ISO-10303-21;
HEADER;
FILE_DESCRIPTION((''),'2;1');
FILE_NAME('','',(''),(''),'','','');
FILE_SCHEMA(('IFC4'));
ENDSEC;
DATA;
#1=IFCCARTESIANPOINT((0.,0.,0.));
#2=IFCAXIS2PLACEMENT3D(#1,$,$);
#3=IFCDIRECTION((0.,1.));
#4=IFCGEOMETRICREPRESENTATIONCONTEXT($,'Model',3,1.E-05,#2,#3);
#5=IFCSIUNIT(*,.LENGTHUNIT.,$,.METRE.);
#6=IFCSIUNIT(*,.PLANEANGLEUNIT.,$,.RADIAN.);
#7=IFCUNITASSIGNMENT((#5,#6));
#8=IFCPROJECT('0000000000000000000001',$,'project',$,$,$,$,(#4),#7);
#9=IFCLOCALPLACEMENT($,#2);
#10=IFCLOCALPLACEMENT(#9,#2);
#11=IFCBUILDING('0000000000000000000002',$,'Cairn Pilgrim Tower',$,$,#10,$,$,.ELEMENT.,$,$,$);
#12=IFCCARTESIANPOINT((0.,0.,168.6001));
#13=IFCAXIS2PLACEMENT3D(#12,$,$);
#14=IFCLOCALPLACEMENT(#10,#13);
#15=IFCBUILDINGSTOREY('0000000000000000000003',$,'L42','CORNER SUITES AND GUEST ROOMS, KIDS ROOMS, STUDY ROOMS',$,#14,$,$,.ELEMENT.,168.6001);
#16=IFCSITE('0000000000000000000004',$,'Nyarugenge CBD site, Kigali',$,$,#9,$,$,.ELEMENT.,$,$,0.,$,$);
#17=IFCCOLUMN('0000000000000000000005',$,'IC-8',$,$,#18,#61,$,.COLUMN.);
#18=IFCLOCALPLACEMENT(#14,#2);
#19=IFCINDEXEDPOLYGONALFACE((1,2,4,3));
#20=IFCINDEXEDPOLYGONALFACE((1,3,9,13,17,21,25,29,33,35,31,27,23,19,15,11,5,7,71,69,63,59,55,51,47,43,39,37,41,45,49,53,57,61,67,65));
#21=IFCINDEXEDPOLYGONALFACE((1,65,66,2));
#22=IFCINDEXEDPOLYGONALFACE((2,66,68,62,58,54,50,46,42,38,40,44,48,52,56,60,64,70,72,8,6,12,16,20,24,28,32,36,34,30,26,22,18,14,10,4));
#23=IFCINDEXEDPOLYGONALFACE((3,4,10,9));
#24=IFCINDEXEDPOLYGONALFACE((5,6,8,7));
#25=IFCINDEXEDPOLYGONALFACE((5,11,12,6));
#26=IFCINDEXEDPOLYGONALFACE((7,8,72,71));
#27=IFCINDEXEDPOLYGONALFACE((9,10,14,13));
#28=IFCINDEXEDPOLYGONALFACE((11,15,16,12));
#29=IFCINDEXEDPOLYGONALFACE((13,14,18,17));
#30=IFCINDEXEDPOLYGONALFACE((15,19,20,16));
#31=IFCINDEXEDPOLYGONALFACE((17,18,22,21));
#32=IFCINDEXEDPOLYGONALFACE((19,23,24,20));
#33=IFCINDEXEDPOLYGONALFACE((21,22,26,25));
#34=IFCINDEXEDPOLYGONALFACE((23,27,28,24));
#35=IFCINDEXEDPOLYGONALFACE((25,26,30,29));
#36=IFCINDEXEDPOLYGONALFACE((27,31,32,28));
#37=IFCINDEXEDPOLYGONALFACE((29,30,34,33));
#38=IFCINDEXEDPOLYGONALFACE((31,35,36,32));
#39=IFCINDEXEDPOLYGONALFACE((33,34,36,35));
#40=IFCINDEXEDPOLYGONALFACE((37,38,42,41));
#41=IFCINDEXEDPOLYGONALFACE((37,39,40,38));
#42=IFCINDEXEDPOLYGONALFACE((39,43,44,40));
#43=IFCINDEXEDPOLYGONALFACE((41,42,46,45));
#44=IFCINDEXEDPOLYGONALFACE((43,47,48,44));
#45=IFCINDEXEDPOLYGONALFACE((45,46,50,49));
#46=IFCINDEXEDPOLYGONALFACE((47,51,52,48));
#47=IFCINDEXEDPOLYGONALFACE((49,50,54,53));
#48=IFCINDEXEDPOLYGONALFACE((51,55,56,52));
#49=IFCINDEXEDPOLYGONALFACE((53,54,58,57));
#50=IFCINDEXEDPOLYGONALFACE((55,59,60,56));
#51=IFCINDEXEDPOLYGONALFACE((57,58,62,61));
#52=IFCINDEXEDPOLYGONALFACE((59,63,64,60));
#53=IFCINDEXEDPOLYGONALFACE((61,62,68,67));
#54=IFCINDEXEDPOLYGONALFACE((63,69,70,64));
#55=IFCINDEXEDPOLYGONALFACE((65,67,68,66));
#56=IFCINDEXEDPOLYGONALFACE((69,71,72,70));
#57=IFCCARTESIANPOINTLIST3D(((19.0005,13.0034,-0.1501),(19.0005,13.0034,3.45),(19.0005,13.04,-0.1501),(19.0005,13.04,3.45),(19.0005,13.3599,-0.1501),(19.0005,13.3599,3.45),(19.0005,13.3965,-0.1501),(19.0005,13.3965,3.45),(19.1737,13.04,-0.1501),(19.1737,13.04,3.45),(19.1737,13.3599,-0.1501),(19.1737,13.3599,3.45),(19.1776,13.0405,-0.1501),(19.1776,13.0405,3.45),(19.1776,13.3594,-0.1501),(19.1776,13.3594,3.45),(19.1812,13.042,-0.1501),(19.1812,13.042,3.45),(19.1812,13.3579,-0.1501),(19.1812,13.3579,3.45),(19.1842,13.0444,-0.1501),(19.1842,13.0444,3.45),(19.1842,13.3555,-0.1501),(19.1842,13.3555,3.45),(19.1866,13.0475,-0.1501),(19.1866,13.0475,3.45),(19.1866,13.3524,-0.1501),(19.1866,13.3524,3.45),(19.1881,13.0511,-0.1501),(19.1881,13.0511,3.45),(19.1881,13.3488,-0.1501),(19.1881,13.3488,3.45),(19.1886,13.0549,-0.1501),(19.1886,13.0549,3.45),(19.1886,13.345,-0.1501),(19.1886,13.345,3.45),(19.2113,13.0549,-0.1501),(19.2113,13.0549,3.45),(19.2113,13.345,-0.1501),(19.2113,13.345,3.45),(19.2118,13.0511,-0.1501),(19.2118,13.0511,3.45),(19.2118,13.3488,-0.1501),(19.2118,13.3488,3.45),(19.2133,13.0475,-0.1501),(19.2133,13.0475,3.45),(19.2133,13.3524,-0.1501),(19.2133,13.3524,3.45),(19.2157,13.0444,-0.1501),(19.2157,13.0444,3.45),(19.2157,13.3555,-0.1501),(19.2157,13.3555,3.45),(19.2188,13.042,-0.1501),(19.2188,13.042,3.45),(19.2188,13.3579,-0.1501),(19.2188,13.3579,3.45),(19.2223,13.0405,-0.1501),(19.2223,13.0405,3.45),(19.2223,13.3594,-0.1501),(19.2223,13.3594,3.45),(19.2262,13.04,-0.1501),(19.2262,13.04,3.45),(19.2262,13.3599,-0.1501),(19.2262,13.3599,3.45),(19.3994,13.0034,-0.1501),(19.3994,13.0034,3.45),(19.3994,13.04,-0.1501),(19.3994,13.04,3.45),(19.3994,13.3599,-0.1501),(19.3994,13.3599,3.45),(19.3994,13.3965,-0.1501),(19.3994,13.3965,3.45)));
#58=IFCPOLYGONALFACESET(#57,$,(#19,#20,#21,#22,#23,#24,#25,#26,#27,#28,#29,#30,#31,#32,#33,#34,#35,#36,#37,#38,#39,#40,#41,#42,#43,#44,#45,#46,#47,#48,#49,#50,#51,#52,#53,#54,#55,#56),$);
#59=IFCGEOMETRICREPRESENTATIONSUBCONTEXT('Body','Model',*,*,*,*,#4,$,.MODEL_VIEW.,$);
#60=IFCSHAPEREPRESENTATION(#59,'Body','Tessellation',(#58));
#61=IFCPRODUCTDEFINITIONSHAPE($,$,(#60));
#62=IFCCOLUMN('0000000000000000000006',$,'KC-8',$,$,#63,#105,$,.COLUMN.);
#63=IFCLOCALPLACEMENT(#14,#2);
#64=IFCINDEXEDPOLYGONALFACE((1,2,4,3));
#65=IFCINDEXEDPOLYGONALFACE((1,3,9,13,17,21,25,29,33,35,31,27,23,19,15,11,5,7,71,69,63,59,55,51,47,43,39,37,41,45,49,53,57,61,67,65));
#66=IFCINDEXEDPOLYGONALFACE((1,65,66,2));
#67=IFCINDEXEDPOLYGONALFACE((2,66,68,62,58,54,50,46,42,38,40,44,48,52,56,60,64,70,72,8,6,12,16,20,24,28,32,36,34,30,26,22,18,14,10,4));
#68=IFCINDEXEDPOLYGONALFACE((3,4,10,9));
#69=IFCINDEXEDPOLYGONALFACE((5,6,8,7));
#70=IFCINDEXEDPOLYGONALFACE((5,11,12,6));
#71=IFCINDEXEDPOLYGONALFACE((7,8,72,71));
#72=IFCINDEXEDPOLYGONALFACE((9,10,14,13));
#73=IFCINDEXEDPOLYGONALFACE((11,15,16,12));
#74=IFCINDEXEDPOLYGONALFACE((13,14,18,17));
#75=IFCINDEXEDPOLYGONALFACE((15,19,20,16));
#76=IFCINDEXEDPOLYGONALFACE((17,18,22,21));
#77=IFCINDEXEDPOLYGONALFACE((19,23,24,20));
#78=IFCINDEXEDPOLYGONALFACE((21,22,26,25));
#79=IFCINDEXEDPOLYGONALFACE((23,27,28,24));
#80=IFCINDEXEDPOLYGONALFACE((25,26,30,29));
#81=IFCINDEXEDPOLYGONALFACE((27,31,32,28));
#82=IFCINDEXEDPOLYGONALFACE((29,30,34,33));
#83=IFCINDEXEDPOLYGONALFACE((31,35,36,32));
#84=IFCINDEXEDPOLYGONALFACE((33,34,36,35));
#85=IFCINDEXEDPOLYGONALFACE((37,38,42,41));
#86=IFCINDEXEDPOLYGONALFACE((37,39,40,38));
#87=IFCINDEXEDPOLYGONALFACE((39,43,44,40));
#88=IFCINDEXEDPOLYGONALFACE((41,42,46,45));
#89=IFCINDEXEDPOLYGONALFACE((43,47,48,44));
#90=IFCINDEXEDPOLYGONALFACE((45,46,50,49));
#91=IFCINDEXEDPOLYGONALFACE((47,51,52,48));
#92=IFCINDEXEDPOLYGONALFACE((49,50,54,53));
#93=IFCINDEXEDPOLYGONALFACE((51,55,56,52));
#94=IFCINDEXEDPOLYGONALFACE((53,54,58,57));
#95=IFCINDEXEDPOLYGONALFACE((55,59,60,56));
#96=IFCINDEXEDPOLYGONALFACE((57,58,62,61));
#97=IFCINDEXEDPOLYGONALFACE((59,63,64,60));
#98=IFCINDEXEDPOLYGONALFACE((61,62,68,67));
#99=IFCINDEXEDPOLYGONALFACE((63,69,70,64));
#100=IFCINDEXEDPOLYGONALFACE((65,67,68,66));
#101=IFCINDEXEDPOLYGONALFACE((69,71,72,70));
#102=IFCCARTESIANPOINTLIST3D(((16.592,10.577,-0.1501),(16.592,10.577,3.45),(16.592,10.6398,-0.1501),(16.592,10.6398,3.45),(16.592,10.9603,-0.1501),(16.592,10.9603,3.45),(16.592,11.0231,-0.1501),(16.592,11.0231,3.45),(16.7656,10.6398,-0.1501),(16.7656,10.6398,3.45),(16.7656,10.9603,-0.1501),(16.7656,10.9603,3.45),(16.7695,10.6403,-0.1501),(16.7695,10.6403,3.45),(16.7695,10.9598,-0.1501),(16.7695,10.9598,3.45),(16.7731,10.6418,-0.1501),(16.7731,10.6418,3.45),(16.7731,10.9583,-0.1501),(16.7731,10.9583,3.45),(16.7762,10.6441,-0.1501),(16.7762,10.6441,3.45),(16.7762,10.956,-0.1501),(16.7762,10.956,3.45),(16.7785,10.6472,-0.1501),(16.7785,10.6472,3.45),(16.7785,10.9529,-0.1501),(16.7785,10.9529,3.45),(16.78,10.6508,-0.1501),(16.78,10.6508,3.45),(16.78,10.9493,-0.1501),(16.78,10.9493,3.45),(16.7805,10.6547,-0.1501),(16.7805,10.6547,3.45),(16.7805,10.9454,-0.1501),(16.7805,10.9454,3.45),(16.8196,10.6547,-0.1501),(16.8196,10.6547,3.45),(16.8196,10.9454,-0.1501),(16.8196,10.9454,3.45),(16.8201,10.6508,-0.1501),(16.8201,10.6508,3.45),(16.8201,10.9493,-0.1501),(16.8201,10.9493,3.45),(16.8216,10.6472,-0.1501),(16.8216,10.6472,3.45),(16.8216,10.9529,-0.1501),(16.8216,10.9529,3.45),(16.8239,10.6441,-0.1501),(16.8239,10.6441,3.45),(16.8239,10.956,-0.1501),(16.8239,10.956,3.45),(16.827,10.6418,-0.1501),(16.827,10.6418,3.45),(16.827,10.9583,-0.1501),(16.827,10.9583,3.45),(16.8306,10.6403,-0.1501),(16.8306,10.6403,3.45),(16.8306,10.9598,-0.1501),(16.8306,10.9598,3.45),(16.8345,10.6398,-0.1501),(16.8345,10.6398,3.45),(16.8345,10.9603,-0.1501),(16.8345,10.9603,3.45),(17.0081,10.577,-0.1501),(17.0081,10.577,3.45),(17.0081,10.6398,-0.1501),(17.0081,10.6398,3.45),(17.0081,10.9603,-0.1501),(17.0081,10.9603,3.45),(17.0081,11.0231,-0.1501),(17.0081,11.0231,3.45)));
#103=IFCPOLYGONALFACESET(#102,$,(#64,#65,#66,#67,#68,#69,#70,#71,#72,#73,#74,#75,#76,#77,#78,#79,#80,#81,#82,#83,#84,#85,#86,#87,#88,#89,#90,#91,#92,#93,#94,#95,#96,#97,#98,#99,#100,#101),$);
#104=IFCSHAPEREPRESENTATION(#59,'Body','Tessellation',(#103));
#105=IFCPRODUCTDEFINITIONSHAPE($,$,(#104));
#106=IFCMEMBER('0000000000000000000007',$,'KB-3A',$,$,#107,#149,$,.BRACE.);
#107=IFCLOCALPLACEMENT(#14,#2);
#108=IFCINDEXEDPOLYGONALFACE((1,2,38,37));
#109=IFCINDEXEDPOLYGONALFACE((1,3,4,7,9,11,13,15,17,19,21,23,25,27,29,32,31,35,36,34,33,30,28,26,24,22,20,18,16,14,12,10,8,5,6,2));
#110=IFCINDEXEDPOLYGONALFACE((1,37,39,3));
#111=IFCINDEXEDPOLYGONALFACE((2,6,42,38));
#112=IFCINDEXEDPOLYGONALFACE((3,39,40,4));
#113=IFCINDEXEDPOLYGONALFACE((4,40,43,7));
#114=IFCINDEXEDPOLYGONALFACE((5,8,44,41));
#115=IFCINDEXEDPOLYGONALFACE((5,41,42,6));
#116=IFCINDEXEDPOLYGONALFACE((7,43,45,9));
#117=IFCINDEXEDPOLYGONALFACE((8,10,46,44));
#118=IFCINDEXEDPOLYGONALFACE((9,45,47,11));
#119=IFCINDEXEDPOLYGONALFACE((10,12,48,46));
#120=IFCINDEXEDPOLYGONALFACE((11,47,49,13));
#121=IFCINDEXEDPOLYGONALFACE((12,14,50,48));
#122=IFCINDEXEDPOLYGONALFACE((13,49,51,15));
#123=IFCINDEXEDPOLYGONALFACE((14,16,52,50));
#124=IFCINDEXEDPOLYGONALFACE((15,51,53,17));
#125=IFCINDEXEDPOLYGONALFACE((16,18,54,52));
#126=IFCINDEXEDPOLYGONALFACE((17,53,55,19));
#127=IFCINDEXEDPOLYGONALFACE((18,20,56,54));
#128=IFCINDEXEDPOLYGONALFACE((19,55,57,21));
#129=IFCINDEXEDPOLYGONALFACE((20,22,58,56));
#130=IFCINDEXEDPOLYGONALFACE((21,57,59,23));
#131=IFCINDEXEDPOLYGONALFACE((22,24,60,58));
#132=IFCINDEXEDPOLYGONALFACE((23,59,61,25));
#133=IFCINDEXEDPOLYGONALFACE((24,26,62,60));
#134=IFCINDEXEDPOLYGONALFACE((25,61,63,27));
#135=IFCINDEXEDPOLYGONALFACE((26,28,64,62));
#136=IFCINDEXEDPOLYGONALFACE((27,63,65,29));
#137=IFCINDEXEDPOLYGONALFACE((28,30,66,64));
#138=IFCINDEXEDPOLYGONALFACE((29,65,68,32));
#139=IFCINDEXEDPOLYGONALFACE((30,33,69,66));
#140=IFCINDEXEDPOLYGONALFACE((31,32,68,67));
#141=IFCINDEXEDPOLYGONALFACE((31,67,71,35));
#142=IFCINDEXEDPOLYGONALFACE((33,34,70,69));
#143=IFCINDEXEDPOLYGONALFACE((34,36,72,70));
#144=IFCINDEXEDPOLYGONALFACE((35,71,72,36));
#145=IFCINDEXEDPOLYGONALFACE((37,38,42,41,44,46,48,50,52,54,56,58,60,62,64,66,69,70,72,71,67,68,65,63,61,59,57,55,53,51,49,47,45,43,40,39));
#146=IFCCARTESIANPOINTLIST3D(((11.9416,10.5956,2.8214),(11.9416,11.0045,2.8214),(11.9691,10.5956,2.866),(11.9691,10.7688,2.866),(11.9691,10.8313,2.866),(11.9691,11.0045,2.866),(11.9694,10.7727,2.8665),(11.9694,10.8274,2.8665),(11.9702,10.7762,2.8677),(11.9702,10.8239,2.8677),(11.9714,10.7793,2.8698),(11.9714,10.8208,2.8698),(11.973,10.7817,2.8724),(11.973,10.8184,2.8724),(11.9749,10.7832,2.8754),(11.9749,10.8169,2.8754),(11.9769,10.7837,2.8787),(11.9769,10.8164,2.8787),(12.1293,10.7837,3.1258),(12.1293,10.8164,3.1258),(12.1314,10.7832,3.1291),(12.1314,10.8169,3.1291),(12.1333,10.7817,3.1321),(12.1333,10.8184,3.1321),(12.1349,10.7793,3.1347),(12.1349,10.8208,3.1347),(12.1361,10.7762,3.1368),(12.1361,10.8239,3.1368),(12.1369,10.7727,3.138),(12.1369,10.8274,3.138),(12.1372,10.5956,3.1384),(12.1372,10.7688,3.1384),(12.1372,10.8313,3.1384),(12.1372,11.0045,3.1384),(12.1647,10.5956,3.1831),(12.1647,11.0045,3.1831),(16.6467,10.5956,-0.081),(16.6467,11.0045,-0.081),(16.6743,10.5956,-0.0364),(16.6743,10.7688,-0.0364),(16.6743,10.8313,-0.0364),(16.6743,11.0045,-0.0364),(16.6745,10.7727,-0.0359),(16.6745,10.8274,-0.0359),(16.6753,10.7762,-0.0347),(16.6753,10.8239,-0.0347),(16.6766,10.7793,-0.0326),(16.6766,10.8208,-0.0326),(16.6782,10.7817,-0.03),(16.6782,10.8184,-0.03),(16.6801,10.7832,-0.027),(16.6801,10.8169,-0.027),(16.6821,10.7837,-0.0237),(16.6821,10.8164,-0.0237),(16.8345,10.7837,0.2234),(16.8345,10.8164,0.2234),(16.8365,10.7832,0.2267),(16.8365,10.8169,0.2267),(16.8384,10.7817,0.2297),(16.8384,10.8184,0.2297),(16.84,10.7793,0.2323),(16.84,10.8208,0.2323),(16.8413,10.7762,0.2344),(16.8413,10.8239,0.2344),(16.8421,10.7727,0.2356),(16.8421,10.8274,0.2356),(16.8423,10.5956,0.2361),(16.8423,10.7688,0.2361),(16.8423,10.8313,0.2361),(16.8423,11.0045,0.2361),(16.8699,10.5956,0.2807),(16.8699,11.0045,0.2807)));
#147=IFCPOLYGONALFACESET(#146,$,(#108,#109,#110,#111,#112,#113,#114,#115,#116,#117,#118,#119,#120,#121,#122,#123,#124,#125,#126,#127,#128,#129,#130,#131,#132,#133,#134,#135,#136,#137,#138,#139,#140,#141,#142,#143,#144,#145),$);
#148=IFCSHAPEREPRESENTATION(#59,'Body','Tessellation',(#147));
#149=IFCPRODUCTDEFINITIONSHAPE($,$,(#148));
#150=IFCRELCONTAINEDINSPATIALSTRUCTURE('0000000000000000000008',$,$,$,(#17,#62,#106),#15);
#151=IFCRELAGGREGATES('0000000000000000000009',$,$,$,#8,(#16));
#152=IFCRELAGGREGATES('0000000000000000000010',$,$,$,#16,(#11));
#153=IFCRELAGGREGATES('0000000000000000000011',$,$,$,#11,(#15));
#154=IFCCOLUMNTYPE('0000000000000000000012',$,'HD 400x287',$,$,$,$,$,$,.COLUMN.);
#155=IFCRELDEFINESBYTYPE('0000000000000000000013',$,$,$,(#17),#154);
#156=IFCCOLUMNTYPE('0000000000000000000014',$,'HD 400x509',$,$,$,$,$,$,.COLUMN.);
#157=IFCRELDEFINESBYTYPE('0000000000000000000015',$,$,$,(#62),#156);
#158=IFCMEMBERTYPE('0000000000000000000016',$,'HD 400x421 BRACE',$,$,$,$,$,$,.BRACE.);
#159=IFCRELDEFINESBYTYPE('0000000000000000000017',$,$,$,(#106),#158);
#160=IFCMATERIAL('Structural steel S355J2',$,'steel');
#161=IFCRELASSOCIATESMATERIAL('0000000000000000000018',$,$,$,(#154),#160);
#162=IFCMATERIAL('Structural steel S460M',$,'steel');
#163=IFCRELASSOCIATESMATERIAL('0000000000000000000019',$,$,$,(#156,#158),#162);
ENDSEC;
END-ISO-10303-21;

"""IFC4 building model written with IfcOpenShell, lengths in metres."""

from ifc_helpers import new_model, si_unit, direction, frame, origin, origin_2d, place, context, subcontext, project, spatial, i_section, extrude, material, material_profile, profile_set, type_object, element, save


model = new_model("IFC4")

# Units and contexts
model_context = context("Model", 3, precision=1e-05, world=origin(), true_north=direction((0.0, 1.0)))
body_context = subcontext(model_context, "Body", "Model", "MODEL_VIEW")
ifc_project = project(units=[si_unit("LENGTHUNIT", "METRE"), si_unit("PLANEANGLEUNIT", "RADIAN")], contexts=[model_context])

# Site, building, storey
site_placement = place(None, origin())
site = spatial("IfcSite", under=ifc_project, at=site_placement, Name="Nyarugenge CBD site, Kigali", CompositionType="ELEMENT", RefElevation=0.0)
building_placement = place(site_placement, origin())
building = spatial("IfcBuilding", under=site, at=building_placement, Name="Cairn Pilgrim Tower", CompositionType="ELEMENT")
storey_placement = place(building_placement, frame((0.0, 0.0, 168.6001)))
storey = spatial("IfcBuildingStorey", under=building, at=storey_placement, Name="L42", Description="CORNER SUITES AND GUEST ROOMS, KIDS ROOMS, STUDY ROOMS", CompositionType="ELEMENT", Elevation=168.6001)

# Columns
ifc_material_1 = material(Name="Structural steel S355J2", Category="steel")
ifc_material_profile_1 = material_profile(ifc_material_1, i_section(OverallWidth=0.3989, OverallDepth=0.3931, WebThickness=0.0227, FlangeThickness=0.0366, FilletRadius=0.0149, at=origin_2d()), Name="HD 400x287")
ifc_profile_set_1 = profile_set([ifc_material_profile_1], Name="Structural steel S355J2")
column_type_1 = type_object("IfcColumnType", Name="HD 400x287", PredefinedType="COLUMN", material=ifc_profile_set_1)
column_1_placement = place(storey_placement, frame((19.2, 13.2, -0.1501), z_axis=(0.0, 0.0, 1.0), x_axis=(1.0, 0.0, 0.0)))
element("IfcColumn", 1, at=column_1_placement, inside=storey, type_object=column_type_1, Name="IC-8", PredefinedType="COLUMN", context=body_context, shape_type="SweptSolid", body=[
    extrude(i_section(OverallWidth=0.3989, OverallDepth=0.3931, WebThickness=0.0227, FlangeThickness=0.0366, FilletRadius=0.0149, at=origin_2d()), origin(), (0.0, 0.0, 1.0), 3.6001),
])
ifc_material_2 = material(Name="Structural steel S460M", Category="steel")
ifc_material_profile_2 = material_profile(ifc_material_2, i_section(OverallWidth=0.416, OverallDepth=0.446, WebThickness=0.0391, FlangeThickness=0.0627, FilletRadius=0.0149, at=origin_2d()), Name="HD 400x509")
ifc_profile_set_2 = profile_set([ifc_material_profile_2], Name="Structural steel S460M")
column_type_2 = type_object("IfcColumnType", Name="HD 400x509", PredefinedType="COLUMN", material=ifc_profile_set_2)
column_2_placement = place(storey_placement, frame((16.8, 10.8, -0.1501), z_axis=(0.0, 0.0, 1.0), x_axis=(1.0, 0.0, 0.0)))
element("IfcColumn", 2, at=column_2_placement, inside=storey, type_object=column_type_2, Name="KC-8", PredefinedType="COLUMN", context=body_context, shape_type="SweptSolid", body=[
    extrude(i_section(OverallWidth=0.416, OverallDepth=0.446, WebThickness=0.0391, FlangeThickness=0.0627, FilletRadius=0.0149, at=origin_2d()), origin(), (0.0, 0.0, 1.0), 3.6001),
])

# Member
ifc_material_profile_3 = material_profile(ifc_material_2, i_section(OverallWidth=0.4089, OverallDepth=0.425, WebThickness=0.0327, FlangeThickness=0.0525, FilletRadius=0.0149, at=origin_2d()), Name="HD 400x421")
ifc_profile_set_3 = profile_set([ifc_material_profile_3], Name="Structural steel S460M")
member_type = type_object("IfcMemberType", Name="HD 400x421 BRACE", PredefinedType="BRACE", material=ifc_profile_set_3)
member_placement = place(storey_placement, frame((16.7583, 10.8, 0.0999), z_axis=(-0.8511, 0.0, 0.525004), x_axis=(0.0, -1.0, 0.0)))
element("IfcMember", 3, at=member_placement, inside=storey, type_object=member_type, Name="KB-3A", PredefinedType="BRACE", context=body_context, shape_type="SweptSolid", body=[
    extrude(i_section(OverallWidth=0.4089, OverallDepth=0.425, WebThickness=0.0327, FlangeThickness=0.0525, FilletRadius=0.0149, at=origin_2d()), origin(), (0.0, 0.0, 1.0), 5.5283),
])

save(model, "model.ifc")
